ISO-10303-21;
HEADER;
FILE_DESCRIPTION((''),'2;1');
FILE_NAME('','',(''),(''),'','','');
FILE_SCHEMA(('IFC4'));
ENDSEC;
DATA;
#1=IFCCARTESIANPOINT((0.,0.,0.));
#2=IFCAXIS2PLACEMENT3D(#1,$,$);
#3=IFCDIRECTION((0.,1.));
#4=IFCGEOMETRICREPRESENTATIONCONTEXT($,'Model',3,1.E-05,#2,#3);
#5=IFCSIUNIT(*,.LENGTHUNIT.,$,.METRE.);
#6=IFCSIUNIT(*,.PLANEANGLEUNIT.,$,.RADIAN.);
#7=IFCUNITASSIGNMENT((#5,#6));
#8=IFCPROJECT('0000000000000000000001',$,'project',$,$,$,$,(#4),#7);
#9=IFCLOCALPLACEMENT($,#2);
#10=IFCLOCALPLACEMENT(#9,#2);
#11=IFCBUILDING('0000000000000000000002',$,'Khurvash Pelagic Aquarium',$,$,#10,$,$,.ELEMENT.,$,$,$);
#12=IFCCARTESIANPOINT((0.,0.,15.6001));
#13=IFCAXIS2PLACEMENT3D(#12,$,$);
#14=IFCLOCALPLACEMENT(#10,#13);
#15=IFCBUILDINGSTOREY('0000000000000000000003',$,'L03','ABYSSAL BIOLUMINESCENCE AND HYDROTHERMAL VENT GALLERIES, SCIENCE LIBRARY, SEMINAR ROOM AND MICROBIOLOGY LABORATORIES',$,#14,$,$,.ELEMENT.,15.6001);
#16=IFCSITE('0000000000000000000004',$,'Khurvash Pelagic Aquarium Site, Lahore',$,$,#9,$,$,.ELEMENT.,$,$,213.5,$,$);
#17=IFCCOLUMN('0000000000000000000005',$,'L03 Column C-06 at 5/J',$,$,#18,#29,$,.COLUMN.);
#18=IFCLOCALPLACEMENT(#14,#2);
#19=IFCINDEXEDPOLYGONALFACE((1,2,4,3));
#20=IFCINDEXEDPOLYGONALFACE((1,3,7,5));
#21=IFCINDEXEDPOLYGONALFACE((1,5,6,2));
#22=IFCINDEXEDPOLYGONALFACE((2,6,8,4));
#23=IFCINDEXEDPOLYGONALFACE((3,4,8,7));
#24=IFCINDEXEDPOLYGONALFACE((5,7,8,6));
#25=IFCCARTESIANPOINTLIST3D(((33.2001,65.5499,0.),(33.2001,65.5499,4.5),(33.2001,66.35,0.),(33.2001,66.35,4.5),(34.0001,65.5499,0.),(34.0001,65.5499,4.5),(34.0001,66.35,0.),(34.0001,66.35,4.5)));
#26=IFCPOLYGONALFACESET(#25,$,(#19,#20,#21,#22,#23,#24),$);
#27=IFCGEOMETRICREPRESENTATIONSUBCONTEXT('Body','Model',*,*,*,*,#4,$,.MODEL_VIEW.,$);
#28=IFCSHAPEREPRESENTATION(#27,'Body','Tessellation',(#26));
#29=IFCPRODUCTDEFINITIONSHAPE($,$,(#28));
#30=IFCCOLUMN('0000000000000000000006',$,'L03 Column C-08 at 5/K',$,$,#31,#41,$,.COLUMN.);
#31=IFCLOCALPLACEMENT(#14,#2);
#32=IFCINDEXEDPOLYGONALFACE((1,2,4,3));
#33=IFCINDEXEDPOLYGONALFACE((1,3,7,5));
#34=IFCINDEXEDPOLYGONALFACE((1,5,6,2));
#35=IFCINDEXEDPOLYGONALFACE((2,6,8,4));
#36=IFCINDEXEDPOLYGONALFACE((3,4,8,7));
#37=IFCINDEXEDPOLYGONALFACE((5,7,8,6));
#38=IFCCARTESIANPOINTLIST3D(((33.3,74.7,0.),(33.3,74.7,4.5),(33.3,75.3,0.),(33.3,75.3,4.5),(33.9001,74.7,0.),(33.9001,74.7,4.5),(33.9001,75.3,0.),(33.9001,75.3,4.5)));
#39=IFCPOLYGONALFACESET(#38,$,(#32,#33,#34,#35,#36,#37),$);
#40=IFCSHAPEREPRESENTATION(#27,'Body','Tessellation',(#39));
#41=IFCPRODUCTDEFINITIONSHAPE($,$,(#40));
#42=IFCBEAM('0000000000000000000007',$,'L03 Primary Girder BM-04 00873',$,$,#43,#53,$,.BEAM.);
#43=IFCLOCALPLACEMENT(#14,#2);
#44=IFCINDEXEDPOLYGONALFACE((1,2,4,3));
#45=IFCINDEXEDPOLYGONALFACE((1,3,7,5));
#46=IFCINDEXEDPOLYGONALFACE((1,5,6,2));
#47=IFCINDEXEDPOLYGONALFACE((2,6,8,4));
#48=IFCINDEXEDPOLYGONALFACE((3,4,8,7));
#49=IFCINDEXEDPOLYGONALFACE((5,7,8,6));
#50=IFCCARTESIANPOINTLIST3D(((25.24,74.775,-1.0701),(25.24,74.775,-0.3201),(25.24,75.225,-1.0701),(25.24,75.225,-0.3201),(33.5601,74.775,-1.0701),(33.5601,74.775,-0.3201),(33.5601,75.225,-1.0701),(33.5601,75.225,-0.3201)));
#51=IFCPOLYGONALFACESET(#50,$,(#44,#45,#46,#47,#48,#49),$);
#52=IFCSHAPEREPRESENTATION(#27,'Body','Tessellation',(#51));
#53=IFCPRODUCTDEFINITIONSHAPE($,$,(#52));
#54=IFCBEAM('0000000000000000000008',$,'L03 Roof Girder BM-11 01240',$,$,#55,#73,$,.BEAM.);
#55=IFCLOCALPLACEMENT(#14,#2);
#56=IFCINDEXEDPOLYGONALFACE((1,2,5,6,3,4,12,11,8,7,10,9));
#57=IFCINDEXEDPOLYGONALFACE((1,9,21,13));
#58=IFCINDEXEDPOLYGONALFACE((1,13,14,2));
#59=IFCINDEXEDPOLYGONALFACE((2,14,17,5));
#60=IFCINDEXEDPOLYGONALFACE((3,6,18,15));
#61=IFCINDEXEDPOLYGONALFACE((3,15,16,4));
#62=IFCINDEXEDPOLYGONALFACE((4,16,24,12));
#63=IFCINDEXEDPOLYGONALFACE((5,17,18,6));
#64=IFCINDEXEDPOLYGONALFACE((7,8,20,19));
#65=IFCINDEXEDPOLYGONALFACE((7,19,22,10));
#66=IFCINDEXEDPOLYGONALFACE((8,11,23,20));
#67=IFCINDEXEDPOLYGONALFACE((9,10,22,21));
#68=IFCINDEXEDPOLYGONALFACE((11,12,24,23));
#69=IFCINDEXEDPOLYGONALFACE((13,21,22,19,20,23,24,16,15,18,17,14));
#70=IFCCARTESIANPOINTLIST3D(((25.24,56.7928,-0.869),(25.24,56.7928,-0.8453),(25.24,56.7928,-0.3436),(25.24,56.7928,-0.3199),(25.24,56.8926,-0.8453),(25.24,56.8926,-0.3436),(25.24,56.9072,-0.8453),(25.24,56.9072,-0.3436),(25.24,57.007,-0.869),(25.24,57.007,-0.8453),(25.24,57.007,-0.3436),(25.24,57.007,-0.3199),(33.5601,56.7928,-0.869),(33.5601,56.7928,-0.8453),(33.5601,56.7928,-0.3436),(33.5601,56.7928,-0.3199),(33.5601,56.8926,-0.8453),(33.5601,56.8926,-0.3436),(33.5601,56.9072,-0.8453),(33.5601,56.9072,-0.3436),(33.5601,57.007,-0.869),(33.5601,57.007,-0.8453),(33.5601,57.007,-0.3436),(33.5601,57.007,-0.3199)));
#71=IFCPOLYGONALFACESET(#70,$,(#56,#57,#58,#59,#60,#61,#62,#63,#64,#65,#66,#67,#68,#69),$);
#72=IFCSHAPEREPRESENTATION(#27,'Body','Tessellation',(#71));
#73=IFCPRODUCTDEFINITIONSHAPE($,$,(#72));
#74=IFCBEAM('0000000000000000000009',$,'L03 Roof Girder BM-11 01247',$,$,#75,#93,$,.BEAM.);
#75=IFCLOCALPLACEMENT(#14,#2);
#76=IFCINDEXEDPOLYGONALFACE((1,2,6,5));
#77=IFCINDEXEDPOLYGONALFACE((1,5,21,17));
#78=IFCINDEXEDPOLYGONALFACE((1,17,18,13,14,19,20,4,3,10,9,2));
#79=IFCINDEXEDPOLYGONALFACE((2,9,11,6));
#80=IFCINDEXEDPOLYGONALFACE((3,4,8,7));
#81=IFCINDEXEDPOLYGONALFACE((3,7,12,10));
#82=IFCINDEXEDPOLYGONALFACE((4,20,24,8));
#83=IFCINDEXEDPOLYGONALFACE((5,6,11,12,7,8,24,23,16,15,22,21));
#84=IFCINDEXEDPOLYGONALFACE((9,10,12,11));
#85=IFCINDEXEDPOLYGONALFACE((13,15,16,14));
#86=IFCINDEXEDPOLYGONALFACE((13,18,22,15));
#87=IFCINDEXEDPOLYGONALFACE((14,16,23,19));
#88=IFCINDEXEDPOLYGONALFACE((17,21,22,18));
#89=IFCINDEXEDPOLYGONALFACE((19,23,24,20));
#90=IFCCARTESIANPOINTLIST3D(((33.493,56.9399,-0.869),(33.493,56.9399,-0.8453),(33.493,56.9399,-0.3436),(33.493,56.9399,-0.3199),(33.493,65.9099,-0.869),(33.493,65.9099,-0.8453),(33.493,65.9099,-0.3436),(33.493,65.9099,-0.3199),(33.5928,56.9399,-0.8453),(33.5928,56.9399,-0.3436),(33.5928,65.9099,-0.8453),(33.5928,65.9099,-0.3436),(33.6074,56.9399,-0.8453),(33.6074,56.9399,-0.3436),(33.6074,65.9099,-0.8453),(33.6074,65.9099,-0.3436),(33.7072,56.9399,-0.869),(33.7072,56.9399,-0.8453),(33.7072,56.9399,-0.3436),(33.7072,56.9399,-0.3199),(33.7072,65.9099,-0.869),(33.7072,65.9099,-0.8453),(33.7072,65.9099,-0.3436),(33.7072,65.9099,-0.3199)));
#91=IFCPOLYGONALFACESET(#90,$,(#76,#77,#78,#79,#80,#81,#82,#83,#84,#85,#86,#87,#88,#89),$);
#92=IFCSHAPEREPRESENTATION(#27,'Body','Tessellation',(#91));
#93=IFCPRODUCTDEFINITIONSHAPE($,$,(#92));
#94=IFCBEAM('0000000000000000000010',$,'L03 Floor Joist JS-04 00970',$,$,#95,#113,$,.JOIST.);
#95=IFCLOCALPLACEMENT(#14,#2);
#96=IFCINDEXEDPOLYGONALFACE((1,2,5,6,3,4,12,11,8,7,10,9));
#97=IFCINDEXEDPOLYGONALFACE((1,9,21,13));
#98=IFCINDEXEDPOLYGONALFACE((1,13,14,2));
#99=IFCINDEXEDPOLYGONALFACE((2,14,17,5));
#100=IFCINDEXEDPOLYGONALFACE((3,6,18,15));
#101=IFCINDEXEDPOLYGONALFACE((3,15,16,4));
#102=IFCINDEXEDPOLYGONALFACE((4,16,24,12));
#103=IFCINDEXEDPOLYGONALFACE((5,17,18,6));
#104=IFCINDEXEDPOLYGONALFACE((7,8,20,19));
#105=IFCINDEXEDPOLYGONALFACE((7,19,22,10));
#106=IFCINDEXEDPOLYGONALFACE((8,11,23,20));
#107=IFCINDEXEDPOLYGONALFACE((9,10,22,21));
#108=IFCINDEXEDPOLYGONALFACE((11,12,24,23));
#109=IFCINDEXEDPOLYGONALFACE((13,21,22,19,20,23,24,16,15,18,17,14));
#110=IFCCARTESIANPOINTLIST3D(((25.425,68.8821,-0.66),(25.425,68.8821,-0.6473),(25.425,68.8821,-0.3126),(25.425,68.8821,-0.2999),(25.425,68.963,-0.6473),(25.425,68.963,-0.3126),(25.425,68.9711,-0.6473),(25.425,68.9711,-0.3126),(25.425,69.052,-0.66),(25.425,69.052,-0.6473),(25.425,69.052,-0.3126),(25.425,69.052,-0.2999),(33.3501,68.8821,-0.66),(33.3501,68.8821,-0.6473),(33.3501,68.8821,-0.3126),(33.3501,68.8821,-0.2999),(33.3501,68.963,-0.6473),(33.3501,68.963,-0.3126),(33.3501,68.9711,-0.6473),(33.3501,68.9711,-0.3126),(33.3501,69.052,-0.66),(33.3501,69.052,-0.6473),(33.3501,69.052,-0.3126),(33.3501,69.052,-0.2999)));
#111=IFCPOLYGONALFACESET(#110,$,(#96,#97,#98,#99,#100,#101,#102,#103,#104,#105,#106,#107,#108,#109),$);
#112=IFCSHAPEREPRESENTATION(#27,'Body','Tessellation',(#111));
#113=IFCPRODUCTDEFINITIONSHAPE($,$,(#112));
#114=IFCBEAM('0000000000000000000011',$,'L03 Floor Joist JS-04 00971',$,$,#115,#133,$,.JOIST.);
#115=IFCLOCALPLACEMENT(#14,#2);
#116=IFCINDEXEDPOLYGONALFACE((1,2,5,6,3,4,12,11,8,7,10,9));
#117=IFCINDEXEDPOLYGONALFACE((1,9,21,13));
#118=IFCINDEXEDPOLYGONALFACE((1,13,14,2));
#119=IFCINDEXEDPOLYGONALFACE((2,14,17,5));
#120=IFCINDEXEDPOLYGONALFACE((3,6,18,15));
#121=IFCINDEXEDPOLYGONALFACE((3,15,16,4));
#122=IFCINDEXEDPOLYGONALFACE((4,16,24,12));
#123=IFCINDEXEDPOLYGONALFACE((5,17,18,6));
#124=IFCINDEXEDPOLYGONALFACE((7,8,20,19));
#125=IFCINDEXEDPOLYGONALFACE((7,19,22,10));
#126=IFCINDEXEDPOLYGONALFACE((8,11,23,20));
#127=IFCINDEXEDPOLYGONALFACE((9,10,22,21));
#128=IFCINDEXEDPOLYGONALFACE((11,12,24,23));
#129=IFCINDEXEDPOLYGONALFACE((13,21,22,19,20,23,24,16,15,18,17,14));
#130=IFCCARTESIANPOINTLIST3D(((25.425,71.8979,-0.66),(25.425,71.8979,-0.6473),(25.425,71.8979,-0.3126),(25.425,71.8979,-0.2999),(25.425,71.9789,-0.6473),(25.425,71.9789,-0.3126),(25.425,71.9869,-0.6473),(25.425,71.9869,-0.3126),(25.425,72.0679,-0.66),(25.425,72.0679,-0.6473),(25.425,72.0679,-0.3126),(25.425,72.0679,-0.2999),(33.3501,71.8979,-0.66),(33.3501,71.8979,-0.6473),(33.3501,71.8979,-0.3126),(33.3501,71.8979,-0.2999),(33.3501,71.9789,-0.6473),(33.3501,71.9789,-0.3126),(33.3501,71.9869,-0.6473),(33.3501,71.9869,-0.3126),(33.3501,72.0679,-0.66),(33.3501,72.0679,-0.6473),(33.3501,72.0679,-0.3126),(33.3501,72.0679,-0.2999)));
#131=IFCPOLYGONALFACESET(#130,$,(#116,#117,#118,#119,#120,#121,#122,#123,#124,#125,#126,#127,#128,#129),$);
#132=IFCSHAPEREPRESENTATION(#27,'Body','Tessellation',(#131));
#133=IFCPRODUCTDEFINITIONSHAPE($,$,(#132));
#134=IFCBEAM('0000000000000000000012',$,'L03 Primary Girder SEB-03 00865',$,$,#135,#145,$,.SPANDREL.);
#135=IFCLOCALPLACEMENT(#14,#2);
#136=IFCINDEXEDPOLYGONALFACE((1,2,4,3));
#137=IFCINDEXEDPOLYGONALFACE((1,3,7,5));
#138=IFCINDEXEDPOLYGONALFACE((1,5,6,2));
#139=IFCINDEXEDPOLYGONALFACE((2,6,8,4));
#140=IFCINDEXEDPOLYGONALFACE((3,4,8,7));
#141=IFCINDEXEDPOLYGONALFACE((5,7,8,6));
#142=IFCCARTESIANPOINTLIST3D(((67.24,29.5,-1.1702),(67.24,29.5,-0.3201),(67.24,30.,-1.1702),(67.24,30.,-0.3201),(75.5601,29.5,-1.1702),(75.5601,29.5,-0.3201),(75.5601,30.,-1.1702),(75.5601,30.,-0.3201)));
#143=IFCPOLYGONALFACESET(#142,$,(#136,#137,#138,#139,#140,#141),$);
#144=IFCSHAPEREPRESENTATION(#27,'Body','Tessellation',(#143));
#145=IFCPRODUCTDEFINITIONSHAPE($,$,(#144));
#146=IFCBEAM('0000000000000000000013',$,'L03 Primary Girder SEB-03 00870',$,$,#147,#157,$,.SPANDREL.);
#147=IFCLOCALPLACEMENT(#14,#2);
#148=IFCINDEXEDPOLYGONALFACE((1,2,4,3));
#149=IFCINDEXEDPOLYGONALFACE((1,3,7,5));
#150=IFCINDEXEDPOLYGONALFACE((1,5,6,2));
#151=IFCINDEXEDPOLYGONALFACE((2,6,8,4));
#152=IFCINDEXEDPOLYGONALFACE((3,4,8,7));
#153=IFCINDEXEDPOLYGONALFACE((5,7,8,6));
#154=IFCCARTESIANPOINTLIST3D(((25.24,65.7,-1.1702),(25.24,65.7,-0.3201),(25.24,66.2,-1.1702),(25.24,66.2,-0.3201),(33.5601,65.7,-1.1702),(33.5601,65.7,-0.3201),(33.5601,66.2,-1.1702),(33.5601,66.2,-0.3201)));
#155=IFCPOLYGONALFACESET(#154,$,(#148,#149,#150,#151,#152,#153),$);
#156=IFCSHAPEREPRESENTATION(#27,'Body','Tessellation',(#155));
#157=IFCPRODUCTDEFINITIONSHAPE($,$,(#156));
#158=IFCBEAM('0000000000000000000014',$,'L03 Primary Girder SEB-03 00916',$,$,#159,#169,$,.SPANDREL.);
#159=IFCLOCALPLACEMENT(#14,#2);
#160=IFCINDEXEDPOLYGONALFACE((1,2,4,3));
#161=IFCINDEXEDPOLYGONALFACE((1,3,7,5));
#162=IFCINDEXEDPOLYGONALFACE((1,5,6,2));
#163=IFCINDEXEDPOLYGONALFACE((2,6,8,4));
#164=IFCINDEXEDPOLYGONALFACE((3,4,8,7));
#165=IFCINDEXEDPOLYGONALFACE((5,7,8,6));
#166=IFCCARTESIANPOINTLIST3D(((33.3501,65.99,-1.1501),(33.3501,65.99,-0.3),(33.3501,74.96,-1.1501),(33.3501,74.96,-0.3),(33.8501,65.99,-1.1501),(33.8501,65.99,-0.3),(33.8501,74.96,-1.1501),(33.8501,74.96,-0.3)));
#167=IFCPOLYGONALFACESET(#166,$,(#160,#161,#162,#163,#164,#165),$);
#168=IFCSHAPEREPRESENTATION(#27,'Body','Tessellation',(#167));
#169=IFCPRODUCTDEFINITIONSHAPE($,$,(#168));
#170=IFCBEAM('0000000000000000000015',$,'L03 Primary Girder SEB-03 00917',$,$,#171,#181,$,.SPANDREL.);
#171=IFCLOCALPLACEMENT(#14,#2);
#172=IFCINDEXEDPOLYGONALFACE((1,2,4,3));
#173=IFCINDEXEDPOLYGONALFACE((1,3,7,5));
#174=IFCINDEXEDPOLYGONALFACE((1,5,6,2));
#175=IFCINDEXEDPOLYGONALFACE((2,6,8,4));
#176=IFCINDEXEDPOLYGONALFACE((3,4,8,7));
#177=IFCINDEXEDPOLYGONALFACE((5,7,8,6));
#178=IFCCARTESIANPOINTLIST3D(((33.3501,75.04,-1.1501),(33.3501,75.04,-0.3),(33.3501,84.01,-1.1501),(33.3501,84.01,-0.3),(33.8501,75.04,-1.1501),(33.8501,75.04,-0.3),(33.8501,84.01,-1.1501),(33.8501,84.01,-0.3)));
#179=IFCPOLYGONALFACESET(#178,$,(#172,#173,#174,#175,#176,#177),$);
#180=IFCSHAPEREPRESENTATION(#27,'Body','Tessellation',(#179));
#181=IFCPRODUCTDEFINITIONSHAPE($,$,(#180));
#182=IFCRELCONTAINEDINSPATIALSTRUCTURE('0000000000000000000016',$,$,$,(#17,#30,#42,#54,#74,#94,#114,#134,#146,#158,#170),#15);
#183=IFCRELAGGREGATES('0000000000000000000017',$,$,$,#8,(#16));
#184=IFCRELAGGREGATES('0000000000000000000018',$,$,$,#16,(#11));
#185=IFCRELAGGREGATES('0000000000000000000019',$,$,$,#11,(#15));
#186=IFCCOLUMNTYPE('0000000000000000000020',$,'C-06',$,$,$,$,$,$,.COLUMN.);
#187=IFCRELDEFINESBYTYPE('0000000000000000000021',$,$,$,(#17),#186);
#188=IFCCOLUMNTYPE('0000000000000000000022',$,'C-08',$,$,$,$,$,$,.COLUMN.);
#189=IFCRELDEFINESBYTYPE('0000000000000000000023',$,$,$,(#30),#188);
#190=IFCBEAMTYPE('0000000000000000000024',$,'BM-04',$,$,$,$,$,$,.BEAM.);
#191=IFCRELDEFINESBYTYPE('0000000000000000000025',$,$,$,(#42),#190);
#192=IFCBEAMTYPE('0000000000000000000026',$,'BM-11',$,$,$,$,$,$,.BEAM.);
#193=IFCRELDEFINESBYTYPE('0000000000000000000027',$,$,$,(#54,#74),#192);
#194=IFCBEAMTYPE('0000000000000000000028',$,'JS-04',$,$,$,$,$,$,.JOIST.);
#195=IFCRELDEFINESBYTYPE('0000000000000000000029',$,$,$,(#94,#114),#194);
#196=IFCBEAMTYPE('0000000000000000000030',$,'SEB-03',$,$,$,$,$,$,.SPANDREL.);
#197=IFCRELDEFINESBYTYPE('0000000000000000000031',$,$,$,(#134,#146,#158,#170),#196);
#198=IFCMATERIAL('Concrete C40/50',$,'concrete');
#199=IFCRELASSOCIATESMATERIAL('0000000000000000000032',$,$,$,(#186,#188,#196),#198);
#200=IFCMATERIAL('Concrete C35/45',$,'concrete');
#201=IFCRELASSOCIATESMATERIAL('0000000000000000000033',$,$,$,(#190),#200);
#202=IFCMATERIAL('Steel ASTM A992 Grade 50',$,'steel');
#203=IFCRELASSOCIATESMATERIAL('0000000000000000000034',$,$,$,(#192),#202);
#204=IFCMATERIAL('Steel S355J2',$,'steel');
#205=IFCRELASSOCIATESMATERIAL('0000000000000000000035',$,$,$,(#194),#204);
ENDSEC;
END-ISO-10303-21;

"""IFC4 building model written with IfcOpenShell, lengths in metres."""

from ifc_helpers import new_model, si_unit, direction, frame, origin, origin_2d, place, context, subcontext, project, spatial, rectangle, i_section, extrude, material, material_profile, profile_set, type_object, element, save


model = new_model("IFC4")

# Units and contexts
model_context = context("Model", 3, precision=1e-05, world=origin(), true_north=direction((0.0, 1.0)))
body_context = subcontext(model_context, "Body", "Model", "MODEL_VIEW")
ifc_project = project(units=[si_unit("LENGTHUNIT", "METRE"), si_unit("PLANEANGLEUNIT", "RADIAN")], contexts=[model_context])

# Site, building, storey
site_placement = place(None, origin())
site = spatial("IfcSite", under=ifc_project, at=site_placement, Name="Khurvash Pelagic Aquarium Site, Lahore", CompositionType="ELEMENT", RefElevation=213.5)
building_placement = place(site_placement, origin())
building = spatial("IfcBuilding", under=site, at=building_placement, Name="Khurvash Pelagic Aquarium", CompositionType="ELEMENT")
storey_placement = place(building_placement, frame((0.0, 0.0, 15.6001)))
storey = spatial("IfcBuildingStorey", under=building, at=storey_placement, Name="L03", Description="ABYSSAL BIOLUMINESCENCE AND HYDROTHERMAL VENT GALLERIES, SCIENCE LIBRARY, SEMINAR ROOM AND MICROBIOLOGY LABORATORIES", CompositionType="ELEMENT", Elevation=15.6001)

# Columns
ifc_material_1 = material(Name="Concrete C40/50", Category="concrete")
ifc_material_profile_1 = material_profile(ifc_material_1, rectangle(XDim=0.8, YDim=0.8, at=origin_2d()), Name="RC800X800")
ifc_profile_set_1 = profile_set([ifc_material_profile_1], Name="Concrete C40/50")
column_type_1 = type_object("IfcColumnType", Name="C-06", PredefinedType="COLUMN", material=ifc_profile_set_1)
column_1_placement = place(storey_placement, frame((33.6001, 65.95, 0.0), z_axis=(0.0, 0.0, 1.0), x_axis=(1.0, 0.0, 0.0)))
element("IfcColumn", 1, at=column_1_placement, inside=storey, type_object=column_type_1, Name="L03 Column C-06 at 5/J", PredefinedType="COLUMN", context=body_context, shape_type="SweptSolid", body=[
    extrude(rectangle(XDim=0.8, YDim=0.8, at=origin_2d()), origin(), (0.0, 0.0, 1.0), 4.5),
])
ifc_material_profile_2 = material_profile(ifc_material_1, rectangle(XDim=0.6001, YDim=0.6001, at=origin_2d()), Name="RC600X600")
ifc_profile_set_2 = profile_set([ifc_material_profile_2], Name="Concrete C40/50")
column_type_2 = type_object("IfcColumnType", Name="C-08", PredefinedType="COLUMN", material=ifc_profile_set_2)
column_2_placement = place(storey_placement, frame((33.6001, 75.0, 0.0), z_axis=(0.0, 0.0, 1.0), x_axis=(1.0, 0.0, 0.0)))
element("IfcColumn", 2, at=column_2_placement, inside=storey, type_object=column_type_2, Name="L03 Column C-08 at 5/K", PredefinedType="COLUMN", context=body_context, shape_type="SweptSolid", body=[
    extrude(rectangle(XDim=0.6001, YDim=0.6001, at=origin_2d()), origin(), (0.0, 0.0, 1.0), 4.5),
])

# Beams
ifc_material_2 = material(Name="Concrete C35/45", Category="concrete")
ifc_material_profile_3 = material_profile(ifc_material_2, rectangle(XDim=0.45, YDim=0.75, at=origin_2d()), Name="RC450X750")
ifc_profile_set_3 = profile_set([ifc_material_profile_3], Name="Concrete C35/45")
beam_type_1 = type_object("IfcBeamType", Name="BM-04", PredefinedType="BEAM", material=ifc_profile_set_3)
beam_1_placement = place(storey_placement, frame((25.24, 75.0, -0.6951), z_axis=(1.0, 0.0, 0.0), x_axis=(0.0, 1.0, 0.0)))
element("IfcBeam", 3, at=beam_1_placement, inside=storey, type_object=beam_type_1, Name="L03 Primary Girder BM-04 00873", PredefinedType="BEAM", context=body_context, shape_type="SweptSolid", body=[
    extrude(rectangle(XDim=0.45, YDim=0.75, at=origin_2d()), origin(), (0.0, 0.0, 1.0), 8.3201),
])
ifc_material_3 = material(Name="Steel ASTM A992 Grade 50", Category="steel")
ifc_material_profile_4 = material_profile(ifc_material_3, i_section(OverallWidth=0.2141, OverallDepth=0.5491, WebThickness=0.0146, FlangeThickness=0.0237, at=origin_2d()), Name="W21X93")
ifc_profile_set_4 = profile_set([ifc_material_profile_4], Name="Steel ASTM A992 Grade 50")
beam_type_2 = type_object("IfcBeamType", Name="BM-11", PredefinedType="BEAM", material=ifc_profile_set_4)
beam_2_placement = place(storey_placement, frame((25.24, 56.8999, -0.5945), z_axis=(1.0, 0.0, 0.0), x_axis=(0.0, 1.0, 0.0)))
element("IfcBeam", 4, at=beam_2_placement, inside=storey, type_object=beam_type_2, Name="L03 Roof Girder BM-11 01240", PredefinedType="BEAM", context=body_context, shape_type="SweptSolid", body=[
    extrude(i_section(OverallWidth=0.2141, OverallDepth=0.5491, WebThickness=0.0146, FlangeThickness=0.0237, at=origin_2d()), origin(), (0.0, 0.0, 1.0), 8.3201),
])
beam_3_placement = place(storey_placement, frame((33.6001, 56.9399, -0.5945), z_axis=(0.0, 1.0, 0.0), x_axis=(-1.0, 0.0, 0.0)))
element("IfcBeam", 5, at=beam_3_placement, inside=storey, type_object=beam_type_2, Name="L03 Roof Girder BM-11 01247", PredefinedType="BEAM", context=body_context, shape_type="SweptSolid", body=[
    extrude(i_section(OverallWidth=0.2141, OverallDepth=0.5491, WebThickness=0.0146, FlangeThickness=0.0237, at=origin_2d()), origin(), (0.0, 0.0, 1.0), 8.97),
])
ifc_material_4 = material(Name="Steel S355J2", Category="steel")
ifc_material_profile_5 = material_profile(ifc_material_4, i_section(OverallWidth=0.1699, OverallDepth=0.3601, WebThickness=0.0081, FlangeThickness=0.0127, at=origin_2d()), Name="IPE360")
ifc_profile_set_5 = profile_set([ifc_material_profile_5], Name="Steel S355J2")
beam_type_3 = type_object("IfcBeamType", Name="JS-04", PredefinedType="JOIST", material=ifc_profile_set_5)
for number, where, z_axis, x_axis, name in (
    (6, (25.425, 68.967, -0.48), (1.0, 0.0, 0.0), (0.0, 1.0, 0.0), "L03 Floor Joist JS-04 00970"),
    (7, (25.425, 71.9829, -0.48), (1.0, 0.0, 0.0), (0.0, 1.0, 0.0), "L03 Floor Joist JS-04 00971"),
):
    element("IfcBeam", number, at=place(storey_placement, frame(where, z_axis=z_axis, x_axis=x_axis)), inside=storey, type_object=beam_type_3, Name=name, PredefinedType="JOIST", context=body_context, shape_type="SweptSolid", body=[
        extrude(i_section(OverallWidth=0.1699, OverallDepth=0.3601, WebThickness=0.0081, FlangeThickness=0.0127, at=origin_2d()), origin(), (0.0, 0.0, 1.0), 7.925),
    ])
ifc_material_profile_6 = material_profile(ifc_material_1, rectangle(XDim=0.5, YDim=0.8501, at=origin_2d()), Name="RC500X850")
ifc_profile_set_6 = profile_set([ifc_material_profile_6], Name="Concrete C40/50")
beam_type_4 = type_object("IfcBeamType", Name="SEB-03", PredefinedType="SPANDREL", material=ifc_profile_set_6)
for number, where, z_axis, x_axis, name in (
    (8, (67.24, 29.75, -0.7451), (1.0, 0.0, 0.0), (0.0, 1.0, 0.0), "L03 Primary Girder SEB-03 00865"),
    (9, (25.24, 65.95, -0.7451), (1.0, 0.0, 0.0), (0.0, 1.0, 0.0), "L03 Primary Girder SEB-03 00870"),
):
    element("IfcBeam", number, at=place(storey_placement, frame(where, z_axis=z_axis, x_axis=x_axis)), inside=storey, type_object=beam_type_4, Name=name, PredefinedType="SPANDREL", context=body_context, shape_type="SweptSolid", body=[
        extrude(rectangle(XDim=0.5, YDim=0.8501, at=origin_2d()), origin(), (0.0, 0.0, 1.0), 8.3201),
    ])
for number, where, z_axis, x_axis, name in (
    (10, (33.6001, 65.99, -0.7251), (0.0, 1.0, 0.0), (-1.0, 0.0, 0.0), "L03 Primary Girder SEB-03 00916"),
    (11, (33.6001, 75.04, -0.7251), (0.0, 1.0, 0.0), (-1.0, 0.0, 0.0), "L03 Primary Girder SEB-03 00917"),
):
    element("IfcBeam", number, at=place(storey_placement, frame(where, z_axis=z_axis, x_axis=x_axis)), inside=storey, type_object=beam_type_4, Name=name, PredefinedType="SPANDREL", context=body_context, shape_type="SweptSolid", body=[
        extrude(rectangle(XDim=0.5, YDim=0.8501, at=origin_2d()), origin(), (0.0, 0.0, 1.0), 8.97),
    ])

save(model, "model.ifc")
